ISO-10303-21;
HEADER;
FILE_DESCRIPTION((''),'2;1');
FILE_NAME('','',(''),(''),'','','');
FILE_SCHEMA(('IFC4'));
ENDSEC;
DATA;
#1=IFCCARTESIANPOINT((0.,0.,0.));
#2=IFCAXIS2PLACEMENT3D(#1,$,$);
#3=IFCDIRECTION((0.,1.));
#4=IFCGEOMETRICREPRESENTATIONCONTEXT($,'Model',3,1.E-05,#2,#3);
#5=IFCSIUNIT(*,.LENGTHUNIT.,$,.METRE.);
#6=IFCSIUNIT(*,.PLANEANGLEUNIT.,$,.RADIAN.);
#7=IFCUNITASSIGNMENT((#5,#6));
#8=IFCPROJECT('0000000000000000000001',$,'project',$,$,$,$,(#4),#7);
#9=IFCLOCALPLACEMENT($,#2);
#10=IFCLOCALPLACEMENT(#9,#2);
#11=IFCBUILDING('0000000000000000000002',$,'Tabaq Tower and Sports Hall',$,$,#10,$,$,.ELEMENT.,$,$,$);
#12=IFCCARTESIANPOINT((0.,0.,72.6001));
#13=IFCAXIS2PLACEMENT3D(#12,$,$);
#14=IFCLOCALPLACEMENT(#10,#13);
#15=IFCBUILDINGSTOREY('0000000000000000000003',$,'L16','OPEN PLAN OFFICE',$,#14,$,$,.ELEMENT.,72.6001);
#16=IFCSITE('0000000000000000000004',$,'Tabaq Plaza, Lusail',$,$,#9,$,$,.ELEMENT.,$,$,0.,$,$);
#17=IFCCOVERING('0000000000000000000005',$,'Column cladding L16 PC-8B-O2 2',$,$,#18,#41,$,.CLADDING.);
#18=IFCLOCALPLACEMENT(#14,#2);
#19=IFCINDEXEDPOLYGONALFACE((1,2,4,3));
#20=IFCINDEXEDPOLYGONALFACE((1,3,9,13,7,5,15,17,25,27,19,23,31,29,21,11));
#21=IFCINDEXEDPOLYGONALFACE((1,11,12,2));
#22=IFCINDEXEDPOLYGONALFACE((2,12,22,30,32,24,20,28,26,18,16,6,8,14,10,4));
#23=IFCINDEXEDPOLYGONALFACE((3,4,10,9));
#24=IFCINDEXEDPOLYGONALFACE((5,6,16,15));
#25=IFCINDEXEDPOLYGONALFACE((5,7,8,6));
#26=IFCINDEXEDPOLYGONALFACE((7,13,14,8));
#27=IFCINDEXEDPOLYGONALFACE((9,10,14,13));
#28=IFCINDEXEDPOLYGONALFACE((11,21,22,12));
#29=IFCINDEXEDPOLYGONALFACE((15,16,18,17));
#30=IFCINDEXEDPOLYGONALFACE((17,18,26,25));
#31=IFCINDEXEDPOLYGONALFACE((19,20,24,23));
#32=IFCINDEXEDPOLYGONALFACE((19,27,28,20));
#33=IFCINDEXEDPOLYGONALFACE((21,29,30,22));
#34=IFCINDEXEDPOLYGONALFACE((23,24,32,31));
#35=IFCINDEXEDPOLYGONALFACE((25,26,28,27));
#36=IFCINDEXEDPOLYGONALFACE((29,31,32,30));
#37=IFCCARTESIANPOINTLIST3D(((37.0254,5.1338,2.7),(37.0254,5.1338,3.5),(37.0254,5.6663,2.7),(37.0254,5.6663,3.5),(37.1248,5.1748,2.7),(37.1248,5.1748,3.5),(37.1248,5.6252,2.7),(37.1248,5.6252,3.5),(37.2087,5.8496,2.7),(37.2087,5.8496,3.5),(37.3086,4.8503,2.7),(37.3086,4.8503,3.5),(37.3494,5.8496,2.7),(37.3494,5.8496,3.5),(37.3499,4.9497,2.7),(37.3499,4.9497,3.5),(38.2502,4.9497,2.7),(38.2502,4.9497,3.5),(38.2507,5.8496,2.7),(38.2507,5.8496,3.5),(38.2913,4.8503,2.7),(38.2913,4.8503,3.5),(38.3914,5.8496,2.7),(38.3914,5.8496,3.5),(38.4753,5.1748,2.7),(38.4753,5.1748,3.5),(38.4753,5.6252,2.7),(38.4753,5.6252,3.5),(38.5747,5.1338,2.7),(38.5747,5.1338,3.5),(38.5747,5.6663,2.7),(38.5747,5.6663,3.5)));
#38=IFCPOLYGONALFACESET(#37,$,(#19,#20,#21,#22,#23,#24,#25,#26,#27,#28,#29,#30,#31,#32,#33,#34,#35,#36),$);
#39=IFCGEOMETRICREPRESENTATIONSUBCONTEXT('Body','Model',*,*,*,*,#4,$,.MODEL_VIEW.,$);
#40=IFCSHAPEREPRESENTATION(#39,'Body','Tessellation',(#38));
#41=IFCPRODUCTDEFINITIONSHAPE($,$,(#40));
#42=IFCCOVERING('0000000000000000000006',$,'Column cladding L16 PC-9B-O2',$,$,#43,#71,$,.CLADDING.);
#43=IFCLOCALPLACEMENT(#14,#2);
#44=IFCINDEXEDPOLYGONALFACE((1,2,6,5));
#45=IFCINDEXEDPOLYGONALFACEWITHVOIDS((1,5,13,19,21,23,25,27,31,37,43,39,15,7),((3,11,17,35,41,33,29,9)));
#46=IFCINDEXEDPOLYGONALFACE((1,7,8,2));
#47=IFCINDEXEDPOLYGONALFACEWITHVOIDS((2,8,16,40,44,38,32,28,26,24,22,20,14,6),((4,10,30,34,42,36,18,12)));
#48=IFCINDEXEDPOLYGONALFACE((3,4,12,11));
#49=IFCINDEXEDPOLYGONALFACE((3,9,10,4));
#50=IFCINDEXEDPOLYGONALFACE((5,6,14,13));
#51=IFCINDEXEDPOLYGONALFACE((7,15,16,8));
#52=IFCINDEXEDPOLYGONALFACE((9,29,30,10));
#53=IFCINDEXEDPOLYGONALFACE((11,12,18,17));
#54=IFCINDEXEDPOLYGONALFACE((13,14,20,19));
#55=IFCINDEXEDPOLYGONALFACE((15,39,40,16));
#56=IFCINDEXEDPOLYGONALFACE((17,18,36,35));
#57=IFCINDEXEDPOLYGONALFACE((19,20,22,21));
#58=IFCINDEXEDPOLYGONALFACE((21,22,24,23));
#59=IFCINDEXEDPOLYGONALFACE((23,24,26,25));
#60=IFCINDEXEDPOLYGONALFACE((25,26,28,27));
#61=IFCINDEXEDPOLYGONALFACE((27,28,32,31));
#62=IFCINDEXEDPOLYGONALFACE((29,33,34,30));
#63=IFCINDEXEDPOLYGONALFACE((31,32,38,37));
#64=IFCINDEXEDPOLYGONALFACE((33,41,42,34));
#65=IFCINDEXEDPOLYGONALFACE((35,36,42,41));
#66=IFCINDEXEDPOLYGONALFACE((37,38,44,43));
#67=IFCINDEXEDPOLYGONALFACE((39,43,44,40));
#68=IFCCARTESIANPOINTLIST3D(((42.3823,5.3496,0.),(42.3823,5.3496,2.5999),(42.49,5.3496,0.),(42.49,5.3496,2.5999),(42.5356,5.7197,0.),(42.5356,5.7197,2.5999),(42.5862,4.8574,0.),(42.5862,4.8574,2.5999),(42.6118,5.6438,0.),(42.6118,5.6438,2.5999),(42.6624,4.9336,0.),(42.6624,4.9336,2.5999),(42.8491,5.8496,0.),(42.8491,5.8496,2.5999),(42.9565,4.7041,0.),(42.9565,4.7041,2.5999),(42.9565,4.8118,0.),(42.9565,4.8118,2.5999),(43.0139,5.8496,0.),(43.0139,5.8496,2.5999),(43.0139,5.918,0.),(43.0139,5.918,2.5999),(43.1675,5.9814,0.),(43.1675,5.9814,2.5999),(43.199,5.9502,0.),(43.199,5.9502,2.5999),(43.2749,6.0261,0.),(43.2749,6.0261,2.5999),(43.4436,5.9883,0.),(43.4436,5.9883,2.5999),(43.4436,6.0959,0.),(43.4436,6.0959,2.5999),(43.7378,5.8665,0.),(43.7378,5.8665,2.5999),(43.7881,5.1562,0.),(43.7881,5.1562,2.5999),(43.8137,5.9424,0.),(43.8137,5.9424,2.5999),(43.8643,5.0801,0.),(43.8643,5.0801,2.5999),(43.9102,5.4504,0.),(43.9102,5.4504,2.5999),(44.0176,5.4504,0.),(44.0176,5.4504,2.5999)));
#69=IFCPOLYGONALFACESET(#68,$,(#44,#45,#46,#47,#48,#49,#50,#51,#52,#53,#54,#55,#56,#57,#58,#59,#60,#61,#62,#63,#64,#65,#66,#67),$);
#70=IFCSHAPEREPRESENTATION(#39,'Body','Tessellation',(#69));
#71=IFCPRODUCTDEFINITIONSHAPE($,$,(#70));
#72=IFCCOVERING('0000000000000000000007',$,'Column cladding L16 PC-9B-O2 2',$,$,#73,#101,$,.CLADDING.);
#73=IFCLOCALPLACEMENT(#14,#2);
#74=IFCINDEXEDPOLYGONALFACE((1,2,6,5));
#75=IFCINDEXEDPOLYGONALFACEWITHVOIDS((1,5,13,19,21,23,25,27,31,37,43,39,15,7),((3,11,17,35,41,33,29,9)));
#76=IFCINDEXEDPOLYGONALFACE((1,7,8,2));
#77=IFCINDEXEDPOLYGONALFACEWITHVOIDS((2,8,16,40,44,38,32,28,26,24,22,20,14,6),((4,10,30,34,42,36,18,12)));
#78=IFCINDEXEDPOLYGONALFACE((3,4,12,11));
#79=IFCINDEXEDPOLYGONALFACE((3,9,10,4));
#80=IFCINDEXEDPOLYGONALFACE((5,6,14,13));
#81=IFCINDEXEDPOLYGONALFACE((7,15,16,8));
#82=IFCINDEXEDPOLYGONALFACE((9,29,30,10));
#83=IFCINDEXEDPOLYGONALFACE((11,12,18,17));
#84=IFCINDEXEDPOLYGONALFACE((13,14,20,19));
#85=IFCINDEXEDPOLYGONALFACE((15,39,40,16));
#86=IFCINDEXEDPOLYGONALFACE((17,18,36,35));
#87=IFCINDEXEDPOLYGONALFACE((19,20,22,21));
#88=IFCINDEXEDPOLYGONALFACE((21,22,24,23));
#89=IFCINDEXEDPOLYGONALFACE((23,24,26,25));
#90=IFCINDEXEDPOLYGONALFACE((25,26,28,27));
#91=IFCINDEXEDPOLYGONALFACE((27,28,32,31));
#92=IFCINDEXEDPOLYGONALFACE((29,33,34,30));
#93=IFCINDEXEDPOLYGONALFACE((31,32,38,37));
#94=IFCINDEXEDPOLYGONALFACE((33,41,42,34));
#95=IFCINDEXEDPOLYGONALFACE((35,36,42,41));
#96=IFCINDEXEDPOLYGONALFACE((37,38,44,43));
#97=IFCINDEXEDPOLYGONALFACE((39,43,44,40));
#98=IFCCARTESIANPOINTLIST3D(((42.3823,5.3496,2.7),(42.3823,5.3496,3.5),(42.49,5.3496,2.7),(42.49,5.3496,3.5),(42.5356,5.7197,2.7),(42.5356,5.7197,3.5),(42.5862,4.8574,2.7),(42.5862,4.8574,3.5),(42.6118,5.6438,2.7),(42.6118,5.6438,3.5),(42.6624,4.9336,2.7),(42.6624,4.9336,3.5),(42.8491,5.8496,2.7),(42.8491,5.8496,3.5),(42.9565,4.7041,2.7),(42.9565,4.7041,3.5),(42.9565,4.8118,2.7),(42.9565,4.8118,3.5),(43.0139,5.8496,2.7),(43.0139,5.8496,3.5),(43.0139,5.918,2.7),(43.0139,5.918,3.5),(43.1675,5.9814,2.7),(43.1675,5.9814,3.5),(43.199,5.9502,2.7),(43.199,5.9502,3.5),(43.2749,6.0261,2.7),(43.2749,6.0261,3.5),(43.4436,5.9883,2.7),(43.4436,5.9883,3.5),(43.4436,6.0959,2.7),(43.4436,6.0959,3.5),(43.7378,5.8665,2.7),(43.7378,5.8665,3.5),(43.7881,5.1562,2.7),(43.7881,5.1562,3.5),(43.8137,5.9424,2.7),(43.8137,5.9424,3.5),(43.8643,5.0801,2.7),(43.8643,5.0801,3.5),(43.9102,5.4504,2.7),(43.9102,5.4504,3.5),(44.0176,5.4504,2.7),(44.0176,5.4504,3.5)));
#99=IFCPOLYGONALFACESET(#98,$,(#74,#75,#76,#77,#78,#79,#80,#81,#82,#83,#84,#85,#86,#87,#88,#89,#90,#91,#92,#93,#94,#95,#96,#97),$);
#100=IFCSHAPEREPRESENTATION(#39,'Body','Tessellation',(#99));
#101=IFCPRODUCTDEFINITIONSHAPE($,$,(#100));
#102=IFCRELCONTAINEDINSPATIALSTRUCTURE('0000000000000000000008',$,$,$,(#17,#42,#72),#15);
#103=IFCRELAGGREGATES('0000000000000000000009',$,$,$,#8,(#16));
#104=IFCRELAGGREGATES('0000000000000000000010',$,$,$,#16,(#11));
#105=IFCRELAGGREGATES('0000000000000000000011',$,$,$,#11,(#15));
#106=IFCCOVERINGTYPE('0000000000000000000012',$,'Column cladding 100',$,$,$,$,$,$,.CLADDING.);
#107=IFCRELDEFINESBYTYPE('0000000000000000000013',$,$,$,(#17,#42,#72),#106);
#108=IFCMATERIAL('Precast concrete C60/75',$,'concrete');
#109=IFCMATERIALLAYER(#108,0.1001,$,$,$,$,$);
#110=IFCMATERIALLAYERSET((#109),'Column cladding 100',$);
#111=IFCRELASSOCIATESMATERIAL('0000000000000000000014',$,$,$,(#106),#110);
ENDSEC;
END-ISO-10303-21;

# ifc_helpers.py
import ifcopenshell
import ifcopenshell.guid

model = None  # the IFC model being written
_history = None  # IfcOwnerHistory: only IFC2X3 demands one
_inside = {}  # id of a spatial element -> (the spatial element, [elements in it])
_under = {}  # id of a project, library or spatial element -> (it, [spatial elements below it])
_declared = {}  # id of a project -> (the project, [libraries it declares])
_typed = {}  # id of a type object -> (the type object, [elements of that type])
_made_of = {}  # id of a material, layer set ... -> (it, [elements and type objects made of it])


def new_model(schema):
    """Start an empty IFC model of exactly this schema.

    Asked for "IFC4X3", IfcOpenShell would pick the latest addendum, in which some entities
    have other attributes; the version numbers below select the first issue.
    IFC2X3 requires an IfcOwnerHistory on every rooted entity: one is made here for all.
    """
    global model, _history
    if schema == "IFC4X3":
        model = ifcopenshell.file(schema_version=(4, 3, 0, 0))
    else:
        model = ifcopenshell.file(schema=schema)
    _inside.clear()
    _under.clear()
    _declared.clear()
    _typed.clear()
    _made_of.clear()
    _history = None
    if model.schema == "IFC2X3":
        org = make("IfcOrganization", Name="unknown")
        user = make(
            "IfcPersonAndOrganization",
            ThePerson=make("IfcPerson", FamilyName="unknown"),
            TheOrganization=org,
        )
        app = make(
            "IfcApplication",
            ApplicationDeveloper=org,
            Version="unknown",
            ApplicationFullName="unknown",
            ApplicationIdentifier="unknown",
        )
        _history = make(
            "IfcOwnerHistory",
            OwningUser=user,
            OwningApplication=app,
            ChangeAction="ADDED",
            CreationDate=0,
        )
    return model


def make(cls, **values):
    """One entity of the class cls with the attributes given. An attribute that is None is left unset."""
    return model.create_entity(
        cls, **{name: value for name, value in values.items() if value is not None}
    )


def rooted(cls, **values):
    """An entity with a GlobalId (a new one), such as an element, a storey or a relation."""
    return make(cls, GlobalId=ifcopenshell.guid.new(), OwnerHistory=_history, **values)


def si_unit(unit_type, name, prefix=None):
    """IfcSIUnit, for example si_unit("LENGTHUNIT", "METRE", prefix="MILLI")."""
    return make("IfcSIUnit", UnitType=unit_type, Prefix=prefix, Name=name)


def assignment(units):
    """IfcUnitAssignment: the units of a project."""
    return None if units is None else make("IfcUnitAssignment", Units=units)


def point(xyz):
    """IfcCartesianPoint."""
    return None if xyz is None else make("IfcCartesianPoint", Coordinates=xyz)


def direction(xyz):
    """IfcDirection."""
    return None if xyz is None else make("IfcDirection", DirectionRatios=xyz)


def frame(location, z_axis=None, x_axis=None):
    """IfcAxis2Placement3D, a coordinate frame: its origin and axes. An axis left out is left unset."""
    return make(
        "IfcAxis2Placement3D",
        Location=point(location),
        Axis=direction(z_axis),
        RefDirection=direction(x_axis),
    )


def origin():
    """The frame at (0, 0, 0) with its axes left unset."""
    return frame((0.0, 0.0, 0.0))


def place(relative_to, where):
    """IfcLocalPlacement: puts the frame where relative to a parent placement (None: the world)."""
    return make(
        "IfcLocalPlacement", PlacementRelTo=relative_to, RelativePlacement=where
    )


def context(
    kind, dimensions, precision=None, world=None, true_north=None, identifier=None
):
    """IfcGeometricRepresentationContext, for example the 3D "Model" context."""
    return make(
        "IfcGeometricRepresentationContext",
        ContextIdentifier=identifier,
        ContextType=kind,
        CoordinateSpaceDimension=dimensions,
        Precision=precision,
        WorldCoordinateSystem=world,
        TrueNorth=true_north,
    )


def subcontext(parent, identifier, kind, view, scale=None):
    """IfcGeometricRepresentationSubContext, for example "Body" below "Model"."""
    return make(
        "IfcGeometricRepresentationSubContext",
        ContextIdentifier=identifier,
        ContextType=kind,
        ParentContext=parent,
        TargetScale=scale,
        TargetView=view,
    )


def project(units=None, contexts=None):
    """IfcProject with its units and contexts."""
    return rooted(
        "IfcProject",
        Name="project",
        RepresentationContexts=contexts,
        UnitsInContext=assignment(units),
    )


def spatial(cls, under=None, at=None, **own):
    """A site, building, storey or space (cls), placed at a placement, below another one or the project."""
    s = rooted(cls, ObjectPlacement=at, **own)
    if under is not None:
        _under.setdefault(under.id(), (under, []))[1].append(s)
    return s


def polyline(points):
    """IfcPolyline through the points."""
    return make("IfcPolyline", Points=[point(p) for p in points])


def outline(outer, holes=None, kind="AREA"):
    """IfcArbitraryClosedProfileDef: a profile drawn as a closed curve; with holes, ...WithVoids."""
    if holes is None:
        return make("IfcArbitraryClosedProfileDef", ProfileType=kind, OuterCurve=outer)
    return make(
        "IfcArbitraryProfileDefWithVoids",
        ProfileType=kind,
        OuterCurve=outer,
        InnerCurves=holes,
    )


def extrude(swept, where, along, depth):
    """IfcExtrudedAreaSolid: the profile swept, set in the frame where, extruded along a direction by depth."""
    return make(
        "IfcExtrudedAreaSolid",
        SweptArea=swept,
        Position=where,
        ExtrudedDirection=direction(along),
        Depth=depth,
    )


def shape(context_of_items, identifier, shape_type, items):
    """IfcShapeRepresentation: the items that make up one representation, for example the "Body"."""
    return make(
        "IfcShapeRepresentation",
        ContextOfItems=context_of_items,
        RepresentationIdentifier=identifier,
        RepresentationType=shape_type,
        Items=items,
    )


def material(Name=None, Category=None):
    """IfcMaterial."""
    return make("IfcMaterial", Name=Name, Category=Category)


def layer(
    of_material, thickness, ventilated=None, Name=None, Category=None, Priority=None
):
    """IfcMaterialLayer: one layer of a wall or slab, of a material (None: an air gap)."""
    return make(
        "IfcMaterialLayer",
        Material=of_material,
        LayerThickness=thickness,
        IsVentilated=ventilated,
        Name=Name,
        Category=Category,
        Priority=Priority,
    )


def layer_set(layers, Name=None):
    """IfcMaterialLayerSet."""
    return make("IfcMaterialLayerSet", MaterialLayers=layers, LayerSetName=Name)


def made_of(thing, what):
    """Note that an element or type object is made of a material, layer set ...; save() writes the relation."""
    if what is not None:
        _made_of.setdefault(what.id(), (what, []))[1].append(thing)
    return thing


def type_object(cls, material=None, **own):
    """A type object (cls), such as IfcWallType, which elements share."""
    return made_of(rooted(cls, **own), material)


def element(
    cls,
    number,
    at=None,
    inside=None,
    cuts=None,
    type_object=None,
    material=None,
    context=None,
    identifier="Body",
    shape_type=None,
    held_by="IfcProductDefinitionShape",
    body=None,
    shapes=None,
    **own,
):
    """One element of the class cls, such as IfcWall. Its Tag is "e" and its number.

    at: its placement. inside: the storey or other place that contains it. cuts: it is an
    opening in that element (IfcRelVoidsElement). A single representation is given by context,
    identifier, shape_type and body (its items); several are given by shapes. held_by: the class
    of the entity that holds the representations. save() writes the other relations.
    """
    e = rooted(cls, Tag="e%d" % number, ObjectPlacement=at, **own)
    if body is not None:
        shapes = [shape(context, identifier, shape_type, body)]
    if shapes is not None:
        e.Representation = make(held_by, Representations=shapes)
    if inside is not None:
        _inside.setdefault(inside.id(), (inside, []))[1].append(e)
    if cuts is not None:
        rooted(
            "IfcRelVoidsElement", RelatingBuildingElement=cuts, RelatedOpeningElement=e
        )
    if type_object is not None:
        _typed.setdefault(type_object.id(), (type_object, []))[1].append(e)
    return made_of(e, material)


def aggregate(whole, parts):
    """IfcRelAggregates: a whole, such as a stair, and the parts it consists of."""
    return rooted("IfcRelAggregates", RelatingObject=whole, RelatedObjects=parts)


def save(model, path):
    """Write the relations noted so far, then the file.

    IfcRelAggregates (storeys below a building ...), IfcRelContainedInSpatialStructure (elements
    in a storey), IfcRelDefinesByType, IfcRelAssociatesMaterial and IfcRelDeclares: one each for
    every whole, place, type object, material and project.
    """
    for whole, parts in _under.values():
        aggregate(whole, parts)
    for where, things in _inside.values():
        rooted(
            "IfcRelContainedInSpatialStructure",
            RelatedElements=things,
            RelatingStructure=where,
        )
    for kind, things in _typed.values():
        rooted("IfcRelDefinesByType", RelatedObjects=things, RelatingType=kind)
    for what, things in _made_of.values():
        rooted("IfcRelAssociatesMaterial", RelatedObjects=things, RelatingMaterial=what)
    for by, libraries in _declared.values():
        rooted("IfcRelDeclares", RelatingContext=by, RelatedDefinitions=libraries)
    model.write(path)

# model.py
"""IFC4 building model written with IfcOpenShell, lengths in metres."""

from ifc_helpers import new_model, si_unit, direction, frame, origin, place, context, subcontext, project, spatial, polyline, outline, extrude, material, layer, layer_set, type_object, element, save


model = new_model("IFC4")

# Units and contexts
model_context = context("Model", 3, precision=1e-05, world=origin(), true_north=direction((0.0, 1.0)))
body_context = subcontext(model_context, "Body", "Model", "MODEL_VIEW")
ifc_project = project(units=[si_unit("LENGTHUNIT", "METRE"), si_unit("PLANEANGLEUNIT", "RADIAN")], contexts=[model_context])

# Site, building, storey
site_placement = place(None, origin())
site = spatial("IfcSite", under=ifc_project, at=site_placement, Name="Tabaq Plaza, Lusail", CompositionType="ELEMENT", RefElevation=0.0)
building_placement = place(site_placement, origin())
building = spatial("IfcBuilding", under=site, at=building_placement, Name="Tabaq Tower and Sports Hall", CompositionType="ELEMENT")
storey_placement = place(building_placement, frame((0.0, 0.0, 72.6001)))
storey = spatial("IfcBuildingStorey", under=building, at=storey_placement, Name="L16", Description="OPEN PLAN OFFICE", CompositionType="ELEMENT", Elevation=72.6001)

# Coverings
ifc_material_1 = material(Name="Precast concrete C60/75", Category="concrete")
ifc_layer_1 = layer(ifc_material_1, 0.1001)
ifc_layer_set_1 = layer_set([ifc_layer_1], Name="Column cladding 100")
covering_type = type_object("IfcCoveringType", Name="Column cladding 100", PredefinedType="CLADDING", material=ifc_layer_set_1)
covering_1_placement = place(storey_placement, frame((0.0, 0.0, 2.7)))
element("IfcCovering", 1, at=covering_1_placement, inside=storey, type_object=covering_type, Name="Column cladding L16 PC-8B-O2 2", PredefinedType="CLADDING", context=body_context, shape_type="SweptSolid", body=[
    extrude(outline(polyline([(37.0254, 5.6663), (37.2087, 5.8496), (37.3494, 5.8496), (37.1248, 5.6252), (37.1248, 5.1748), (37.3499, 4.9497), (38.2502, 4.9497), (38.4753, 5.1748), (38.4753, 5.6252), (38.2507, 5.8496), (38.3914, 5.8496), (38.5747, 5.6663), (38.5747, 5.1338), (38.2913, 4.8503), (37.3086, 4.8503), (37.0254, 5.1338), (37.0254, 5.6663)])), origin(), (0.0, 0.0, 1.0), 0.8),
])
covering_2_placement = place(storey_placement, origin())
element("IfcCovering", 2, at=covering_2_placement, inside=storey, type_object=covering_type, Name="Column cladding L16 PC-9B-O2", PredefinedType="CLADDING", context=body_context, shape_type="SweptSolid", body=[
    extrude(outline(polyline([(42.3823, 5.3496), (42.5356, 5.7197), (42.8491, 5.8496), (43.0139, 5.8496), (43.0139, 5.918), (43.1675, 5.9814), (43.199, 5.9502), (43.2749, 6.0261), (43.4436, 6.0959), (43.8137, 5.9424), (44.0176, 5.4504), (43.8643, 5.0801), (42.9565, 4.7041), (42.5862, 4.8574), (42.3823, 5.3496)]), holes=[polyline([(43.9102, 5.4504), (43.7378, 5.8665), (43.4436, 5.9883), (42.6118, 5.6438), (42.49, 5.3496), (42.6624, 4.9336), (42.9565, 4.8118), (43.7881, 5.1562), (43.9102, 5.4504)])]), origin(), (0.0, 0.0, 1.0), 2.5999),
])
covering_3_placement = place(storey_placement, frame((0.0, 0.0, 2.7)))
element("IfcCovering", 3, at=covering_3_placement, inside=storey, type_object=covering_type, Name="Column cladding L16 PC-9B-O2 2", PredefinedType="CLADDING", context=body_context, shape_type="SweptSolid", body=[
    extrude(outline(polyline([(42.3823, 5.3496), (42.5356, 5.7197), (42.8491, 5.8496), (43.0139, 5.8496), (43.0139, 5.918), (43.1675, 5.9814), (43.199, 5.9502), (43.2749, 6.0261), (43.4436, 6.0959), (43.8137, 5.9424), (44.0176, 5.4504), (43.8643, 5.0801), (42.9565, 4.7041), (42.5862, 4.8574), (42.3823, 5.3496)]), holes=[polyline([(43.9102, 5.4504), (43.7378, 5.8665), (43.4436, 5.9883), (42.6118, 5.6438), (42.49, 5.3496), (42.6624, 4.9336), (42.9565, 4.8118), (43.7881, 5.1562), (43.9102, 5.4504)])]), origin(), (0.0, 0.0, 1.0), 0.8),
])

save(model, "model.ifc")
